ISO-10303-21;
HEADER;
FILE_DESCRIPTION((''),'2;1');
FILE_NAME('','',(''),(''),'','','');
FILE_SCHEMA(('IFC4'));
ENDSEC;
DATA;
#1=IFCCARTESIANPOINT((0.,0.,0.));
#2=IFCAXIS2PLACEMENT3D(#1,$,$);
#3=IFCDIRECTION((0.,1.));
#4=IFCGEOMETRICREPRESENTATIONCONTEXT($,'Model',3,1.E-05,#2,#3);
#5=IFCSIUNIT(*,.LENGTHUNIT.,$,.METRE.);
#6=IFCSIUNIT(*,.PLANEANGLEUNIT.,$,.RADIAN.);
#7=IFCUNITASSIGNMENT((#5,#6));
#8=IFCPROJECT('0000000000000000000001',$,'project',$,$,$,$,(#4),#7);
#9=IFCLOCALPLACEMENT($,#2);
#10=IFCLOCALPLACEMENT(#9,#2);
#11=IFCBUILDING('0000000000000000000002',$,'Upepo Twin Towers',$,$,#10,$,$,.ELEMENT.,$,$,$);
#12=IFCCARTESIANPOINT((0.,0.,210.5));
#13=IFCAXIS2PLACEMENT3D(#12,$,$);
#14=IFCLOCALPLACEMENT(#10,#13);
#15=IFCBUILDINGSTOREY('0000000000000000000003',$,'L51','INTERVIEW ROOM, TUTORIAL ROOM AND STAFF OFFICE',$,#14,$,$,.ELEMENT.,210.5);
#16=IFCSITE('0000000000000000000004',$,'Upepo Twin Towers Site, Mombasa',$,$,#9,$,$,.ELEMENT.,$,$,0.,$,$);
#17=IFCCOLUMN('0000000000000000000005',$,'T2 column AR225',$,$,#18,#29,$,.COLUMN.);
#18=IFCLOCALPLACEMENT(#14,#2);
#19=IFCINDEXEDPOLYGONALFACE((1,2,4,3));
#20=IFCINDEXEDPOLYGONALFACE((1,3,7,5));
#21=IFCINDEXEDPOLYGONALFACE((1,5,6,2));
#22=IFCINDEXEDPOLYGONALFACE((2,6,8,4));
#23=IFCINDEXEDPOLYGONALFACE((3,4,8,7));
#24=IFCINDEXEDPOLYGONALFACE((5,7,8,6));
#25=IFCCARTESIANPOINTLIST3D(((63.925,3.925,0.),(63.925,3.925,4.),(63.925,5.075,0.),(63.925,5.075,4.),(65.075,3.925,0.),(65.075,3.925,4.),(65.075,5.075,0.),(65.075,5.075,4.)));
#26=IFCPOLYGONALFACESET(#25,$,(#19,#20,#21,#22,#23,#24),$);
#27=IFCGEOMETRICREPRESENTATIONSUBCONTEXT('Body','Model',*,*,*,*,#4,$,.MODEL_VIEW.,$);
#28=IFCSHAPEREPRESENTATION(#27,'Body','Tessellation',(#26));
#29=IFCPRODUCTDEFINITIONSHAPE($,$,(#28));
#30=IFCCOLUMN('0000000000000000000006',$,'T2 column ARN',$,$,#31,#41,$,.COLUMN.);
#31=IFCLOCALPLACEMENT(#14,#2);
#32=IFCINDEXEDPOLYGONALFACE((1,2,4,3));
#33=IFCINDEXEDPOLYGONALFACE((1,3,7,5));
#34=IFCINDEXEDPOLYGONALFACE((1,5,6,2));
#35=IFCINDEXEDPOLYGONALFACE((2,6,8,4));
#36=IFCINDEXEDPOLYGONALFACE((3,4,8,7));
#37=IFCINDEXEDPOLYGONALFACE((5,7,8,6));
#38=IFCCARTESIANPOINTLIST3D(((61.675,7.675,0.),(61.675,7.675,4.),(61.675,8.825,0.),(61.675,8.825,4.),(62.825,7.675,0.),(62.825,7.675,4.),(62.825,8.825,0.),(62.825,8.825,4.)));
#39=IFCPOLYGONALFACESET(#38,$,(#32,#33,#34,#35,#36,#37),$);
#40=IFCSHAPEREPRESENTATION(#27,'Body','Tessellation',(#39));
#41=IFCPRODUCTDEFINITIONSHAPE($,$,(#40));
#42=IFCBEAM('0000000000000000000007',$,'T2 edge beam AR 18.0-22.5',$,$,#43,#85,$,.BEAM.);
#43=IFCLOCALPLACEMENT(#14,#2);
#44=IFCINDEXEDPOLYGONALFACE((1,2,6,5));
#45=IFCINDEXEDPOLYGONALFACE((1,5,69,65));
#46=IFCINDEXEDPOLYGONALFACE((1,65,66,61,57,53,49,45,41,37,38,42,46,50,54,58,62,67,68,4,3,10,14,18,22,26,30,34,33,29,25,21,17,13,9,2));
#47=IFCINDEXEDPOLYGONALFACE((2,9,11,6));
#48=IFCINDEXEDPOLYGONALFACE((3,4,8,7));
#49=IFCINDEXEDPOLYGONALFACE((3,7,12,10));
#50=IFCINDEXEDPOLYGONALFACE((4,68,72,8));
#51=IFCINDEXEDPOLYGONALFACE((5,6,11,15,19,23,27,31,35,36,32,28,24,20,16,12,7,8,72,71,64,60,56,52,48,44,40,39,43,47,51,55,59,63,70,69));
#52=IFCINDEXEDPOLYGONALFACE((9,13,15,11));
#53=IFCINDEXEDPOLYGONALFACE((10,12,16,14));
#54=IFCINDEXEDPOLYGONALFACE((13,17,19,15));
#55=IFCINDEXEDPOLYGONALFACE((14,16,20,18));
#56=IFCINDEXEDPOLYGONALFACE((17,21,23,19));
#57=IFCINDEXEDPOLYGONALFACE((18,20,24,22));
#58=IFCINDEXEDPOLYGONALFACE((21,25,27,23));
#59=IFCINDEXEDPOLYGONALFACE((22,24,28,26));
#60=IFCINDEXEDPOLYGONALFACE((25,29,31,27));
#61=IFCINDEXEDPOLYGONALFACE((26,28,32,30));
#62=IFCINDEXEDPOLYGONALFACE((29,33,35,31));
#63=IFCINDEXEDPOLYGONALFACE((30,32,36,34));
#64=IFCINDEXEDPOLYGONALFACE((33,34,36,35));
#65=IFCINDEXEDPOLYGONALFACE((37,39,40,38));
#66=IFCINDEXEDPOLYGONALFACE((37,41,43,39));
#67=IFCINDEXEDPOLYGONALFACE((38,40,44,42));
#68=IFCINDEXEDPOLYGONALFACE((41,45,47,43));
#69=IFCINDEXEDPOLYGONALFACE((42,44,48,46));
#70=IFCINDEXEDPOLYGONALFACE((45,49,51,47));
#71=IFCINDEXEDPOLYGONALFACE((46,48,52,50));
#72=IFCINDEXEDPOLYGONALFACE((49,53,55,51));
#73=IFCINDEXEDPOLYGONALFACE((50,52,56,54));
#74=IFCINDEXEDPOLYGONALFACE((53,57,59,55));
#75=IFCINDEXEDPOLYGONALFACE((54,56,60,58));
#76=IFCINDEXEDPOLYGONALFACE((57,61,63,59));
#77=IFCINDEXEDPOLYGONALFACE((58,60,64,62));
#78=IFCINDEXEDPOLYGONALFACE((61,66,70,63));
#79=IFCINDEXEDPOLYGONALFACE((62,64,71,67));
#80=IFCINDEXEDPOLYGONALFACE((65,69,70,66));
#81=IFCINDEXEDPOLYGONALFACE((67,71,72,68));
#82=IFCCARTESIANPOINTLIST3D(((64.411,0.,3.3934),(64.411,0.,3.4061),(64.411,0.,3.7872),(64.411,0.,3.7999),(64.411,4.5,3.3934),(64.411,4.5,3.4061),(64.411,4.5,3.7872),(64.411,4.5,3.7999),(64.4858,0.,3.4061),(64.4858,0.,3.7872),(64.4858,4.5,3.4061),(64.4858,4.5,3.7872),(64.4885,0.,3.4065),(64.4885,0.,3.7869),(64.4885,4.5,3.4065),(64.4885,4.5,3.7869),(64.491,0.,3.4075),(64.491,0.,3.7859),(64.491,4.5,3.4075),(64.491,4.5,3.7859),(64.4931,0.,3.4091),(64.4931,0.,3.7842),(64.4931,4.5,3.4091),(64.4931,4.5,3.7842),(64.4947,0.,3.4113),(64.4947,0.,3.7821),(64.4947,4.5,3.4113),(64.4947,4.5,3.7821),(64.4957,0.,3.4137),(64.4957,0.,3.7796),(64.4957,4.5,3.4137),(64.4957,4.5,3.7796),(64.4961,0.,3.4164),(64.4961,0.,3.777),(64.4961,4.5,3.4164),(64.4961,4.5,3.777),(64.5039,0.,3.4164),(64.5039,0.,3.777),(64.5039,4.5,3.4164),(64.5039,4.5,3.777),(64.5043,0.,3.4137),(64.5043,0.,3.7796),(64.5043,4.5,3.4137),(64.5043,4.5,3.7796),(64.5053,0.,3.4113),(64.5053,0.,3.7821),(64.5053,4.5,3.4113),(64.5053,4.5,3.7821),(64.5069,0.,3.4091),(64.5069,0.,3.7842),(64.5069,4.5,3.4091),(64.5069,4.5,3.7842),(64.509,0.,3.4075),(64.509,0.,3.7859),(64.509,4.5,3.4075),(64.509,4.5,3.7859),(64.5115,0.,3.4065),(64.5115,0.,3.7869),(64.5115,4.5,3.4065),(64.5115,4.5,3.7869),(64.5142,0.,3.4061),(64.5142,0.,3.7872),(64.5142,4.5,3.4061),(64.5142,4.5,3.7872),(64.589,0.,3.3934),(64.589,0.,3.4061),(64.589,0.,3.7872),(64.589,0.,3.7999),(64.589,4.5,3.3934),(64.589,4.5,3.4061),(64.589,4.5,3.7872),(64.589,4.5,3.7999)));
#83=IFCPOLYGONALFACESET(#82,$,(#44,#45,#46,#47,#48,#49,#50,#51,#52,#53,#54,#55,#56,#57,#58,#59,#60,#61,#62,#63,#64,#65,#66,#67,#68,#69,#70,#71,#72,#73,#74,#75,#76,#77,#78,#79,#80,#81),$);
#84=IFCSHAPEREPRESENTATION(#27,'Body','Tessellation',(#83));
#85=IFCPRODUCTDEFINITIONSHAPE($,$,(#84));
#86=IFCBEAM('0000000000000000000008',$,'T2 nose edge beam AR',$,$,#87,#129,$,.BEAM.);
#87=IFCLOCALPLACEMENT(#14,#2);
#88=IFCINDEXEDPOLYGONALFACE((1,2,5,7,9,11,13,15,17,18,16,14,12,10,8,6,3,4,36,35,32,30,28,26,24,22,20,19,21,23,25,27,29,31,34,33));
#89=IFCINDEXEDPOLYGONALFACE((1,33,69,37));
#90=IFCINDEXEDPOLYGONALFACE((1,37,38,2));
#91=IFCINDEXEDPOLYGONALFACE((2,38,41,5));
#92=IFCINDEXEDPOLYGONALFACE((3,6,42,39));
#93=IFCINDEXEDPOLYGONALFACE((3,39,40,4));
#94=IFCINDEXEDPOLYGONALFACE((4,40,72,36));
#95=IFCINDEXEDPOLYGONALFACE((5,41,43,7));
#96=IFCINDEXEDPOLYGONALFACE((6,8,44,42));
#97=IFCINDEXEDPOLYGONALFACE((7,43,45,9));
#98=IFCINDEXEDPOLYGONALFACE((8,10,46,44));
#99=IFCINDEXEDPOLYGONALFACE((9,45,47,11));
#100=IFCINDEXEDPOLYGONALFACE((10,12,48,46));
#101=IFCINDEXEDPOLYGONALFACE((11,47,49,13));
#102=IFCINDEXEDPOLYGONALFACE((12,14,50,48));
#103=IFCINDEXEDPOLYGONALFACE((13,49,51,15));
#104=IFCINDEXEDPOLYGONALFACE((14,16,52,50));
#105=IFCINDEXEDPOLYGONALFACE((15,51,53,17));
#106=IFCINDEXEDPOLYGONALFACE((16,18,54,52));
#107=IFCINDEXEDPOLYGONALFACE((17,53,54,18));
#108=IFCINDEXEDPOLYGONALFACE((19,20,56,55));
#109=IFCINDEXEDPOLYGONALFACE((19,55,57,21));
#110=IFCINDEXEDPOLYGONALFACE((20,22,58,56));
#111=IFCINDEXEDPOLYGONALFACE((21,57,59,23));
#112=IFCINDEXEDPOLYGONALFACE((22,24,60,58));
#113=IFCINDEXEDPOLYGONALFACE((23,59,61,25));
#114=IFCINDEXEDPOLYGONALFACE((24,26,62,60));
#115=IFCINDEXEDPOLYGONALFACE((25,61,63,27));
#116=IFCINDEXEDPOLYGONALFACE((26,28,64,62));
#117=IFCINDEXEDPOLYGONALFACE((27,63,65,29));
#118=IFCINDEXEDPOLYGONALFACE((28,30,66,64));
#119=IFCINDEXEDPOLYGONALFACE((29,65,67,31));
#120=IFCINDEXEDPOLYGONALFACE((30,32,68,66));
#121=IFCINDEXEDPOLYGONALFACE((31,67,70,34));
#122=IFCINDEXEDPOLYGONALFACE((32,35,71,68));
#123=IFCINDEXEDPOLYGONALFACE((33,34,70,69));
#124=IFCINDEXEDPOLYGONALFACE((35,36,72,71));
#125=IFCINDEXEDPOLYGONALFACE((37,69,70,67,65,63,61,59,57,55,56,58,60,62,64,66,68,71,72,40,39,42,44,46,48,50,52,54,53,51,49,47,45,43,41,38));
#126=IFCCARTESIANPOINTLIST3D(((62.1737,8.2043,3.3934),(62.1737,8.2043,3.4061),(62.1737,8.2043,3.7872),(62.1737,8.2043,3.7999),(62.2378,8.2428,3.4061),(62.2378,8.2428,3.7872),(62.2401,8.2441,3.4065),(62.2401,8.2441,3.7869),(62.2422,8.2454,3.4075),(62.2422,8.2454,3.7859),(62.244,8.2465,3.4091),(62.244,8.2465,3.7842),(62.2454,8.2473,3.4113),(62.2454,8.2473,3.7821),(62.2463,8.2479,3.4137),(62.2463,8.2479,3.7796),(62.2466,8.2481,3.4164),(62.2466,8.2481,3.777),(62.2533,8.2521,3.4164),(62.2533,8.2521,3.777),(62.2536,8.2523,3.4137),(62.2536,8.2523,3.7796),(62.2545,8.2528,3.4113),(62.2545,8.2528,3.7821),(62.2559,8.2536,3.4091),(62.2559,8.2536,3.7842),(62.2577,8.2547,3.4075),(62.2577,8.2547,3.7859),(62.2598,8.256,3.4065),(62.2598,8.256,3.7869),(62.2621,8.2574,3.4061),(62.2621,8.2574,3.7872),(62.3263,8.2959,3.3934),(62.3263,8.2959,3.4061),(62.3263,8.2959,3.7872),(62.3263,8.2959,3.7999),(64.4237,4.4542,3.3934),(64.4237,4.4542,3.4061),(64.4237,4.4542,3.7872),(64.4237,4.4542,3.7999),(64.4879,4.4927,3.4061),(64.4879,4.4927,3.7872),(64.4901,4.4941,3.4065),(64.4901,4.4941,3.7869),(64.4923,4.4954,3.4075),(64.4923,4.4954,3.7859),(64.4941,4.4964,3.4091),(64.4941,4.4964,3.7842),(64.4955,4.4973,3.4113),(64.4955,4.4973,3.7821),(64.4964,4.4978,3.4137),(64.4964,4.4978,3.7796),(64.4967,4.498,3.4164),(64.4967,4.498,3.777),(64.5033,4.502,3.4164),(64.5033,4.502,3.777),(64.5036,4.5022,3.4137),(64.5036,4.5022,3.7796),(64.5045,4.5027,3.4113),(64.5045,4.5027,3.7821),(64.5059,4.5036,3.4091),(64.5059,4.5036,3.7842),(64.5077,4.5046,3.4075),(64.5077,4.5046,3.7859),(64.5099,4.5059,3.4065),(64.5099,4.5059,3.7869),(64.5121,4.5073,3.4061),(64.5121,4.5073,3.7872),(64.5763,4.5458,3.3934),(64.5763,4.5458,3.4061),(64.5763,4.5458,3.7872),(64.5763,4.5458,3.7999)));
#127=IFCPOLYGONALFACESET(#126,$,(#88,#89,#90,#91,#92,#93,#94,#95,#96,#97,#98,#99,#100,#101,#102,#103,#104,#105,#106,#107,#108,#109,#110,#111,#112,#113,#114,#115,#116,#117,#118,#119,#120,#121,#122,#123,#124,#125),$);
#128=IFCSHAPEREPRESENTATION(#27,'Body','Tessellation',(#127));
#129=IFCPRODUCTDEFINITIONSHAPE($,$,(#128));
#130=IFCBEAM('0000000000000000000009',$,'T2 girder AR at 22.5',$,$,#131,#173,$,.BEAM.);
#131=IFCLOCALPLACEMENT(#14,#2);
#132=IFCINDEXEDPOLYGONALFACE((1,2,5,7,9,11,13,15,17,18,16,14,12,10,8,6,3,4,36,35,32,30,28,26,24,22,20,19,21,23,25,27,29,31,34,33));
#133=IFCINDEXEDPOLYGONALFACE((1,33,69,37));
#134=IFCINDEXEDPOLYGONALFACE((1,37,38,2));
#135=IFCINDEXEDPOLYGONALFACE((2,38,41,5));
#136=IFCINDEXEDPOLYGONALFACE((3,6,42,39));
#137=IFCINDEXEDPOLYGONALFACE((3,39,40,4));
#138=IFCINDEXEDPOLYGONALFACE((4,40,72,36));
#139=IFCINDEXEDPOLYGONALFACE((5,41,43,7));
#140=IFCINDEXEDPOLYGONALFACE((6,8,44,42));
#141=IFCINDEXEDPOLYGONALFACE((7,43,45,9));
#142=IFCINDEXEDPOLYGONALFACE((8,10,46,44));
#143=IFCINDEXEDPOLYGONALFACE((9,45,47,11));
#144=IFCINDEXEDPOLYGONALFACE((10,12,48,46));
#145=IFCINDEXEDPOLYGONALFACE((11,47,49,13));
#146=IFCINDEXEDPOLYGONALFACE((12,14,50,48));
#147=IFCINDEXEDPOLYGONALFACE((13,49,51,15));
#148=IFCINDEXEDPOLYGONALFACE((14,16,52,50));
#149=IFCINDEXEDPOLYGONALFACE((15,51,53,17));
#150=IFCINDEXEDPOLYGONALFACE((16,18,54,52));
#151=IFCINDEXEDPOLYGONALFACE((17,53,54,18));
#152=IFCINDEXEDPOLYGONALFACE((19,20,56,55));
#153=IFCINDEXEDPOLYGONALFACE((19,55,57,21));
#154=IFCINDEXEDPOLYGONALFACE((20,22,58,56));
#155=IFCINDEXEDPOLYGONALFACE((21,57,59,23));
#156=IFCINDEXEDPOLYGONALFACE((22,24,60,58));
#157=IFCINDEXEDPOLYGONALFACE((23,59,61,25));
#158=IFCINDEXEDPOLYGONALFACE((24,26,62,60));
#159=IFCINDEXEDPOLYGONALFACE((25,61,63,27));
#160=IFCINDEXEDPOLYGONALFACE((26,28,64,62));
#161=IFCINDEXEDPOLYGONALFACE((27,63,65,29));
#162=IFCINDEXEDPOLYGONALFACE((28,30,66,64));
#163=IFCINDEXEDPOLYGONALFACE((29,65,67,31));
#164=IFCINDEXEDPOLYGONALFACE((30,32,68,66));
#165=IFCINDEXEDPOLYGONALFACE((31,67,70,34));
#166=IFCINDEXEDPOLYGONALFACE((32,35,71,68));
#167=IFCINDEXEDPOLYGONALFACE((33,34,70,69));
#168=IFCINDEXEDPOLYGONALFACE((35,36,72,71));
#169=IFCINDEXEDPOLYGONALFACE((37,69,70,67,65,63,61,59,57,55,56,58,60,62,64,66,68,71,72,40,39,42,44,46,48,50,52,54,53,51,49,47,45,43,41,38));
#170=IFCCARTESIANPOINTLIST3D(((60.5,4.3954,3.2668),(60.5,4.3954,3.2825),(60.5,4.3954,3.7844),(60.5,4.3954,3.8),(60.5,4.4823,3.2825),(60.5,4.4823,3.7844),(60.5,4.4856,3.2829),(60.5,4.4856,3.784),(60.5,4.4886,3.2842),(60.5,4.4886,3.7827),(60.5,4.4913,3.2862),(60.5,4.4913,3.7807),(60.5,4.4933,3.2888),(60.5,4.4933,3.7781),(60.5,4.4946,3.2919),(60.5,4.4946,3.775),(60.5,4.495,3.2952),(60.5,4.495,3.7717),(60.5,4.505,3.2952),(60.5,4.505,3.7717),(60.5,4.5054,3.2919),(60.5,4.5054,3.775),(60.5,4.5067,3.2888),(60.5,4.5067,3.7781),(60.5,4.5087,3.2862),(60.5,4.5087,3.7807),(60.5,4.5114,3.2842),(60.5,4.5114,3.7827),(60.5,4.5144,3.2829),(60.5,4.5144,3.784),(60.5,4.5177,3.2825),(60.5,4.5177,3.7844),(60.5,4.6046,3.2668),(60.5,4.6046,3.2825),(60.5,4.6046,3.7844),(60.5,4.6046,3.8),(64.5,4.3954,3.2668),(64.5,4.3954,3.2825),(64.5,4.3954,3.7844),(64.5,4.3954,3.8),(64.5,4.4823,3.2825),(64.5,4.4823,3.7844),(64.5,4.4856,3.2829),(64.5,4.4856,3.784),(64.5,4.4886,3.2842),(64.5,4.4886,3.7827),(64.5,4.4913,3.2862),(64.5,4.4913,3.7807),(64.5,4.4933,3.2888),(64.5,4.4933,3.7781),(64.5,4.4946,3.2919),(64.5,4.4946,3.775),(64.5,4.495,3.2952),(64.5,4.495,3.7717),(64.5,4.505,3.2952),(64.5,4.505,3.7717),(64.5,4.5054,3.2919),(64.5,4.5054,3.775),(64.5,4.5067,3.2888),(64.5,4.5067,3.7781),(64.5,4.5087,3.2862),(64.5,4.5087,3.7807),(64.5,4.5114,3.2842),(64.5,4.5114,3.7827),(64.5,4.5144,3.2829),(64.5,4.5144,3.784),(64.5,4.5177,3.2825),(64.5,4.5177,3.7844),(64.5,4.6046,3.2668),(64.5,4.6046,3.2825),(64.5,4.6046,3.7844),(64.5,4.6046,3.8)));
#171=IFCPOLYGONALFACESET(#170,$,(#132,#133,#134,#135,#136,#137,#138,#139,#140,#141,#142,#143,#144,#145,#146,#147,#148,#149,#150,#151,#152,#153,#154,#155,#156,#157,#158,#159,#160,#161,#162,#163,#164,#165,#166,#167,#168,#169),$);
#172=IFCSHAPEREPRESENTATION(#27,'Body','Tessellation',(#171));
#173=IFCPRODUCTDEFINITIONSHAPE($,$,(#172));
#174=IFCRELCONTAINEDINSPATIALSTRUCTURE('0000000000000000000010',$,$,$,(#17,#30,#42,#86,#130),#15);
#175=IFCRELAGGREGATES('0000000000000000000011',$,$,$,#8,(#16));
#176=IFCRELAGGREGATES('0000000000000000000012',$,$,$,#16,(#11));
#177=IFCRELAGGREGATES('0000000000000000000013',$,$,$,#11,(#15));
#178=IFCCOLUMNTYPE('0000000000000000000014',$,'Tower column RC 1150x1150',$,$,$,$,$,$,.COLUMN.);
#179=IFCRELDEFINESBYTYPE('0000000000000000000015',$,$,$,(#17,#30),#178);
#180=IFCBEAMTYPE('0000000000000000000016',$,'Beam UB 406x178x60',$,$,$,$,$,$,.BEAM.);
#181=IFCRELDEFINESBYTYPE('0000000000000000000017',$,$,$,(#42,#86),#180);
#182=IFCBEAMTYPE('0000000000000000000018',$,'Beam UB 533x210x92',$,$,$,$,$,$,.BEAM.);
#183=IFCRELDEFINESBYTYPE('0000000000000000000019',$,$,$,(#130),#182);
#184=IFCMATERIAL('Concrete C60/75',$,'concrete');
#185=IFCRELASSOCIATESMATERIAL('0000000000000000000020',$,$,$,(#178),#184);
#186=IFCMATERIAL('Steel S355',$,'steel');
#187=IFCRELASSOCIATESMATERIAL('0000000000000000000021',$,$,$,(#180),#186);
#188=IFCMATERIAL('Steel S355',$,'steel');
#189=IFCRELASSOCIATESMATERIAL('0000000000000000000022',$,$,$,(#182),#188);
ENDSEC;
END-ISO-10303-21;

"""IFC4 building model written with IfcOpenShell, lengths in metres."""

from ifc_helpers import new_model, si_unit, direction, frame, origin, origin_2d, place, context, subcontext, project, spatial, rectangle, i_section, extrude, material, material_profile, profile_set, type_object, element, save


model = new_model("IFC4")

# Units and contexts
model_context = context("Model", 3, precision=1e-05, world=origin(), true_north=direction((0.0, 1.0)))
body_context = subcontext(model_context, "Body", "Model", "MODEL_VIEW")
ifc_project = project(units=[si_unit("LENGTHUNIT", "METRE"), si_unit("PLANEANGLEUNIT", "RADIAN")], contexts=[model_context])

# Site, building, storey
site_placement = place(None, origin())
site = spatial("IfcSite", under=ifc_project, at=site_placement, Name="Upepo Twin Towers Site, Mombasa", CompositionType="ELEMENT", RefElevation=0.0)
building_placement = place(site_placement, origin())
building = spatial("IfcBuilding", under=site, at=building_placement, Name="Upepo Twin Towers", CompositionType="ELEMENT")
storey_placement = place(building_placement, frame((0.0, 0.0, 210.5)))
storey = spatial("IfcBuildingStorey", under=building, at=storey_placement, Name="L51", Description="INTERVIEW ROOM, TUTORIAL ROOM AND STAFF OFFICE", CompositionType="ELEMENT", Elevation=210.5)

# Columns
ifc_material_1 = material(Name="Concrete C60/75", Category="concrete")
ifc_material_profile_1 = material_profile(ifc_material_1, rectangle(XDim=1.1499, YDim=1.1499, at=origin_2d()), Name="RC 1150x1150")
ifc_profile_set_1 = profile_set([ifc_material_profile_1], Name="Concrete C60/75")
column_type = type_object("IfcColumnType", Name="Tower column RC 1150x1150", PredefinedType="COLUMN", material=ifc_profile_set_1)
for number, where, z_axis, x_axis, name in (
    (1, (64.5, 4.5, 0.0), (0.0, 0.0, 1.0), (1.0, 0.0, 0.0), "T2 column AR225"),
    (2, (62.25, 8.25, 0.0), (0.0, 0.0, 1.0), (1.0, 0.0, 0.0), "T2 column ARN"),
):
    element("IfcColumn", number, at=place(storey_placement, frame(where, z_axis=z_axis, x_axis=x_axis)), inside=storey, type_object=column_type, Name=name, PredefinedType="COLUMN", context=body_context, shape_type="SweptSolid", body=[
        extrude(rectangle(XDim=1.1499, YDim=1.1499, at=origin_2d()), origin(), (0.0, 0.0, 1.0), 4.0),
    ])

# Beams
ifc_material_2 = material(Name="Steel S355", Category="steel")
ifc_material_profile_2 = material_profile(ifc_material_2, i_section(OverallWidth=0.178, OverallDepth=0.4065, WebThickness=0.0078, FlangeThickness=0.0127, FilletRadius=0.0103, at=origin_2d()), Name="UB 406x178x60")
ifc_profile_set_2 = profile_set([ifc_material_profile_2], Name="Steel S355")
beam_type_1 = type_object("IfcBeamType", Name="Beam UB 406x178x60", PredefinedType="BEAM", material=ifc_profile_set_2)
beam_1_placement = place(storey_placement, frame((64.5, 0.0, 3.5967), z_axis=(0.0, 1.0, 0.0), x_axis=(-1.0, 0.0, 0.0)))
element("IfcBeam", 3, at=beam_1_placement, inside=storey, type_object=beam_type_1, Name="T2 edge beam AR 18.0-22.5", PredefinedType="BEAM", context=body_context, shape_type="SweptSolid", body=[
    extrude(i_section(OverallWidth=0.178, OverallDepth=0.4065, WebThickness=0.0078, FlangeThickness=0.0127, FilletRadius=0.0103, at=origin_2d()), origin(), (0.0, 0.0, 1.0), 4.5),
])
beam_2_placement = place(storey_placement, frame((64.5, 4.5, 3.5967), z_axis=(-0.514496, 0.857493, 0.0), x_axis=(-0.857493, -0.514496, 0.0)))
element("IfcBeam", 4, at=beam_2_placement, inside=storey, type_object=beam_type_1, Name="T2 nose edge beam AR", PredefinedType="BEAM", context=body_context, shape_type="SweptSolid", body=[
    extrude(i_section(OverallWidth=0.178, OverallDepth=0.4065, WebThickness=0.0078, FlangeThickness=0.0127, FilletRadius=0.0103, at=origin_2d()), origin(), (0.0, 0.0, 1.0), 4.3733),
])
ifc_material_3 = material(Name="Steel S355", Category="steel")
ifc_material_profile_3 = material_profile(ifc_material_3, i_section(OverallWidth=0.2092, OverallDepth=0.5332, WebThickness=0.01, FlangeThickness=0.0156, FilletRadius=0.0127, at=origin_2d()), Name="UB 533x210x92")
ifc_profile_set_3 = profile_set([ifc_material_profile_3], Name="Steel S355")
beam_type_2 = type_object("IfcBeamType", Name="Beam UB 533x210x92", PredefinedType="BEAM", material=ifc_profile_set_3)
beam_3_placement = place(storey_placement, frame((64.5, 4.5, 3.5334), z_axis=(-1.0, 0.0, 0.0), x_axis=(0.0, -1.0, 0.0)))
element("IfcBeam", 5, at=beam_3_placement, inside=storey, type_object=beam_type_2, Name="T2 girder AR at 22.5", PredefinedType="BEAM", context=body_context, shape_type="SweptSolid", body=[
    extrude(i_section(OverallWidth=0.2092, OverallDepth=0.5332, WebThickness=0.01, FlangeThickness=0.0156, FilletRadius=0.0127, at=origin_2d()), origin(), (0.0, 0.0, 1.0), 4.0),
])

save(model, "model.ifc")
